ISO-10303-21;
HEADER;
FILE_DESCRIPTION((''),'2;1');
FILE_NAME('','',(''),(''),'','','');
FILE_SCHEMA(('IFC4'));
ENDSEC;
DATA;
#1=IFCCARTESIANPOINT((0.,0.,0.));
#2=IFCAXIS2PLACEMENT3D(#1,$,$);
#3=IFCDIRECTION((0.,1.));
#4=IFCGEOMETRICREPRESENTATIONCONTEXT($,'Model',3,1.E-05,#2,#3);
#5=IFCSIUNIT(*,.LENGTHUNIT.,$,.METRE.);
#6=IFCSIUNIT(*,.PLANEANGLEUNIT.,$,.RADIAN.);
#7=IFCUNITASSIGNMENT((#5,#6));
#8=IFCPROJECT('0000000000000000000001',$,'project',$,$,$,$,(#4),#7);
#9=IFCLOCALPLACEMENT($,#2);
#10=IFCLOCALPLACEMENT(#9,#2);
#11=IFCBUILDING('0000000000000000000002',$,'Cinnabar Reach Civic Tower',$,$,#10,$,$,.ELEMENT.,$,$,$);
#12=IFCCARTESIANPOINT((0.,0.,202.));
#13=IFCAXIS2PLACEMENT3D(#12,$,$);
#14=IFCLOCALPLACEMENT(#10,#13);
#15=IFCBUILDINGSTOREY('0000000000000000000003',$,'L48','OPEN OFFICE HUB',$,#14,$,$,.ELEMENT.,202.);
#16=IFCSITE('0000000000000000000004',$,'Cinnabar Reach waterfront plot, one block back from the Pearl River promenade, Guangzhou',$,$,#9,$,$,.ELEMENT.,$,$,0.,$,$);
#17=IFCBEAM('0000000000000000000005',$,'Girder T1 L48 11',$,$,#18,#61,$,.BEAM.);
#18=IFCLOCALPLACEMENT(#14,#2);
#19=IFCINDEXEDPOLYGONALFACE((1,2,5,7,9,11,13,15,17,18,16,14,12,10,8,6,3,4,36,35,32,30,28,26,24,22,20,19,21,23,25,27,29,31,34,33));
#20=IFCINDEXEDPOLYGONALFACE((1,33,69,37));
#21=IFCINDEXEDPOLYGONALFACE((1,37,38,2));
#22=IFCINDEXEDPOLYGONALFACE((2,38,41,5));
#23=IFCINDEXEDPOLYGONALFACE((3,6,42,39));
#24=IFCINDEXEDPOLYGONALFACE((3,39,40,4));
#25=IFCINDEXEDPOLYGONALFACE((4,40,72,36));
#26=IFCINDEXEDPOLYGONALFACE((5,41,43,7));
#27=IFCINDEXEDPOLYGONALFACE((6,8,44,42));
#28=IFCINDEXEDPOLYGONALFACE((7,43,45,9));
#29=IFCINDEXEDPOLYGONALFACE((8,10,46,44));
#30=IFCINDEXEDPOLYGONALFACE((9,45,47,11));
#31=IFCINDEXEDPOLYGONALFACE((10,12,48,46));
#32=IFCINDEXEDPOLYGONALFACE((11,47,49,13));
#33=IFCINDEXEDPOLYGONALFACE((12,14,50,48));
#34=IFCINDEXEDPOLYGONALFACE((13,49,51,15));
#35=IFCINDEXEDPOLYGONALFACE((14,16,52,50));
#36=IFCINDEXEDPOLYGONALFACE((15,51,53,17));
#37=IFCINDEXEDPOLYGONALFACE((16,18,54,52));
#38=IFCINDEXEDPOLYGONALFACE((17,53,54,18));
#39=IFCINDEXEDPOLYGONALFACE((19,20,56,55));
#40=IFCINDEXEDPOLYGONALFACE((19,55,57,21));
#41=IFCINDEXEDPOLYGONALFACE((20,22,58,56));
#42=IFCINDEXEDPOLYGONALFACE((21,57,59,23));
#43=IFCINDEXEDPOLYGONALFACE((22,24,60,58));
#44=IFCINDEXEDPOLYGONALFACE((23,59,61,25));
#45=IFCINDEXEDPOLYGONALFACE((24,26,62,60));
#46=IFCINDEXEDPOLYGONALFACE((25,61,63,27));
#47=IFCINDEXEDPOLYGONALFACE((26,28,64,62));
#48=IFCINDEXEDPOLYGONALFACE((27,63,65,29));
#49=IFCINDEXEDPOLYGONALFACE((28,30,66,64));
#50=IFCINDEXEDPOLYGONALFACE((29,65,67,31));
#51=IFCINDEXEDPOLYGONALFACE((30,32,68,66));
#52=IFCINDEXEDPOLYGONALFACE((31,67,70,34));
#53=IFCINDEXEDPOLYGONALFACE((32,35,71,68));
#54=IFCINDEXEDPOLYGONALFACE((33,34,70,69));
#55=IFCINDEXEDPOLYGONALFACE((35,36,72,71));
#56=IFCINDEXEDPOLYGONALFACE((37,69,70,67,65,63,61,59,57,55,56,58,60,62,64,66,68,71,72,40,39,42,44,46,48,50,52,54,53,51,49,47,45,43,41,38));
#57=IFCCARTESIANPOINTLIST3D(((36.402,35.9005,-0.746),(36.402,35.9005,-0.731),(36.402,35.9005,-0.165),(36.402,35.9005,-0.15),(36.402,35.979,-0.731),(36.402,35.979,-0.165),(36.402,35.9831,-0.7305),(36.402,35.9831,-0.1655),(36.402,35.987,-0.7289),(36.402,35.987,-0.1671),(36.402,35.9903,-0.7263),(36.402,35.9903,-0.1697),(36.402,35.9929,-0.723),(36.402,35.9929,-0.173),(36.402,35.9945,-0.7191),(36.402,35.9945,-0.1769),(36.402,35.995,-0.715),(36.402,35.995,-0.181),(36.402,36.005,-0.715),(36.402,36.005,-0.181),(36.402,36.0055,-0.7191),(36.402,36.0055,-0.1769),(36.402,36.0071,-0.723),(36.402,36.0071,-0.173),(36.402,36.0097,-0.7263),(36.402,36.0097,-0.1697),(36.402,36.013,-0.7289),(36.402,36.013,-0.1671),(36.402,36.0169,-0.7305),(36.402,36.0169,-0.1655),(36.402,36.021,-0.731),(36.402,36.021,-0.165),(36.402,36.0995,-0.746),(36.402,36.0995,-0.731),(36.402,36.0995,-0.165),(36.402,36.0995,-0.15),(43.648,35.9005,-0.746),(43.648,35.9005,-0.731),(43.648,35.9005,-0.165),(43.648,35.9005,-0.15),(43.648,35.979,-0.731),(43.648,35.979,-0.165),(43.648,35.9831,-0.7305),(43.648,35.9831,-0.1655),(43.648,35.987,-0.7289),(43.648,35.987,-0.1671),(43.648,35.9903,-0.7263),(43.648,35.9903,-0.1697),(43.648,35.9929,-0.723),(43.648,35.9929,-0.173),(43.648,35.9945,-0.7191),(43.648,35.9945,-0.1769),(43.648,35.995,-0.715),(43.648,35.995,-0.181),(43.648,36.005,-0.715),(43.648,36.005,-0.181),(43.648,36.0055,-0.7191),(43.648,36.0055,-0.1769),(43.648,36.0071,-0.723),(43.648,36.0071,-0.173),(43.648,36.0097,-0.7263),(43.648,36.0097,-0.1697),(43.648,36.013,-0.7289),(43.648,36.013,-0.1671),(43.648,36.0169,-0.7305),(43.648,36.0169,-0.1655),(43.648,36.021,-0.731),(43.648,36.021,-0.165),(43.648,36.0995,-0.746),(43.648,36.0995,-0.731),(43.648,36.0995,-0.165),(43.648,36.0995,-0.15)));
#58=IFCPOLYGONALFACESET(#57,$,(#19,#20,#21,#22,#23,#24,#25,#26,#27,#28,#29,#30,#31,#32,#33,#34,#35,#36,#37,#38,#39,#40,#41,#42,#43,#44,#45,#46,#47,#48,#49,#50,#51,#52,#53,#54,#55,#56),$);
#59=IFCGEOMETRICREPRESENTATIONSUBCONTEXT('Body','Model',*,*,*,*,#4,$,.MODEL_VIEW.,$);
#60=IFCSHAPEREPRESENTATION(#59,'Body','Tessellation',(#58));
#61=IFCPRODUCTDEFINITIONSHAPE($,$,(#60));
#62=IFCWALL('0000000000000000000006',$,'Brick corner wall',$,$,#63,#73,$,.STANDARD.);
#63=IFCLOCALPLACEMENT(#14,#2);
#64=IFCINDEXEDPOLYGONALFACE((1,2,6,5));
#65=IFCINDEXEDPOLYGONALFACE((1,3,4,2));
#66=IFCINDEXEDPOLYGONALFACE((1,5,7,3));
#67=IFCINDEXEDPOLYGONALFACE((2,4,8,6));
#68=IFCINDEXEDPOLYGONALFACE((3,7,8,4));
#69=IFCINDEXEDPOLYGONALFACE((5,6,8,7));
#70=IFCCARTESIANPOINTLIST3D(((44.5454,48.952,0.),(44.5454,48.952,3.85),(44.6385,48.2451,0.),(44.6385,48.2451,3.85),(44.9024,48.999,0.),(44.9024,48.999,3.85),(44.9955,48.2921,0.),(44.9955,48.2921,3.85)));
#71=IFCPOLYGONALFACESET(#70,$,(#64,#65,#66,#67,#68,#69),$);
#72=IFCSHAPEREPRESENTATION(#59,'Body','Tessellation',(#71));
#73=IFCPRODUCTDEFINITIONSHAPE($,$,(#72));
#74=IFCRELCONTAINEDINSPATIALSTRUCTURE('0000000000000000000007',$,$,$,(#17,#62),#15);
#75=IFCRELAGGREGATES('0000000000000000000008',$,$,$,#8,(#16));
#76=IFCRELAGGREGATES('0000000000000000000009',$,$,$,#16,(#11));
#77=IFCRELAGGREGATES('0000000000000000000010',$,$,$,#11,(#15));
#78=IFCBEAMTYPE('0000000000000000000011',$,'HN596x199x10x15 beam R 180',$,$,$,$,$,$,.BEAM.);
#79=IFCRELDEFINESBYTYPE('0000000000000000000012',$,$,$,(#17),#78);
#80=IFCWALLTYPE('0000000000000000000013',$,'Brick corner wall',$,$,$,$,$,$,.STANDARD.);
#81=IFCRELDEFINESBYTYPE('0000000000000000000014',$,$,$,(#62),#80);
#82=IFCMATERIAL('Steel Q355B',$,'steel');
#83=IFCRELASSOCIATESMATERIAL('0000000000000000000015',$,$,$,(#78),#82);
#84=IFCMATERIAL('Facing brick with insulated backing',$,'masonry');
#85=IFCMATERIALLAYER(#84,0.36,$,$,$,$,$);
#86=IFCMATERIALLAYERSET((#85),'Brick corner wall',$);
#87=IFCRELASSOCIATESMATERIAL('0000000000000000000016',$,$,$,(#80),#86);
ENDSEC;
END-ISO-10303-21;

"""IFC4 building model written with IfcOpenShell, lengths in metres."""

from ifc_helpers import new_model, si_unit, direction, frame, frame_2d, origin, origin_2d, place, context, subcontext, project, spatial, rectangle, i_section, extrude, material, layer, layer_set, material_profile, profile_set, type_object, element, save


model = new_model("IFC4")

# Units and contexts
model_context = context("Model", 3, precision=1e-05, world=origin(), true_north=direction((0.0, 1.0)))
body_context = subcontext(model_context, "Body", "Model", "MODEL_VIEW")
ifc_project = project(units=[si_unit("LENGTHUNIT", "METRE"), si_unit("PLANEANGLEUNIT", "RADIAN")], contexts=[model_context])

# Site, building, storey
site_placement = place(None, origin())
site = spatial("IfcSite", under=ifc_project, at=site_placement, Name="Cinnabar Reach waterfront plot, one block back from the Pearl River promenade, Guangzhou", CompositionType="ELEMENT", RefElevation=0.0)
building_placement = place(site_placement, origin())
building = spatial("IfcBuilding", under=site, at=building_placement, Name="Cinnabar Reach Civic Tower", CompositionType="ELEMENT")
storey_placement = place(building_placement, frame((0.0, 0.0, 202.0)))
storey = spatial("IfcBuildingStorey", under=building, at=storey_placement, Name="L48", Description="OPEN OFFICE HUB", CompositionType="ELEMENT", Elevation=202.0)

# Beam
ifc_material_1 = material(Name="Steel Q355B", Category="steel")
ifc_material_profile_1 = material_profile(ifc_material_1, i_section(OverallWidth=0.199, OverallDepth=0.596, WebThickness=0.01, FlangeThickness=0.015, FilletRadius=0.016, at=origin_2d()), Name="HN596x199x10x15")
ifc_profile_set_1 = profile_set([ifc_material_profile_1], Name="Steel Q355B")
beam_type_1 = type_object("IfcBeamType", Name="HN596x199x10x15 beam R 180", PredefinedType="BEAM", material=ifc_profile_set_1)
beam_1_placement = place(storey_placement, frame((36.402, 36.0, -0.448), z_axis=(1.0, 0.0, 0.0), x_axis=(0.0, 1.0, 0.0)))
element("IfcBeam", 1, at=beam_1_placement, inside=storey, type_object=beam_type_1, Name="Girder T1 L48 11", PredefinedType="BEAM", context=body_context, shape_type="SweptSolid", body=[
    extrude(i_section(OverallWidth=0.199, OverallDepth=0.596, WebThickness=0.01, FlangeThickness=0.015, FilletRadius=0.016, at=origin_2d()), origin(), (0.0, 0.0, 1.0), 7.246),
])

# Wall
ifc_material_2 = material(Name="Facing brick with insulated backing", Category="masonry")
ifc_layer = layer(ifc_material_2, 0.36)
ifc_layer_set = layer_set([ifc_layer], Name="Brick corner wall")
wall_type = type_object("IfcWallType", Name="Brick corner wall", PredefinedType="STANDARD", material=ifc_layer_set)
wall_placement = place(storey_placement, frame((44.817, 48.2686, 0.0), z_axis=(0.0, 0.0, 1.0), x_axis=(-0.130556, 0.991441, 0.0)))
element("IfcWall", 2, at=wall_placement, inside=storey, type_object=wall_type, Name="Brick corner wall", PredefinedType="STANDARD", context=body_context, shape_type="SweptSolid", body=[
    extrude(rectangle(XDim=0.7131, YDim=0.36, at=frame_2d((0.3565, 0.0))), origin(), (0.0, 0.0, 1.0), 3.85),
])

save(model, "model.ifc")
